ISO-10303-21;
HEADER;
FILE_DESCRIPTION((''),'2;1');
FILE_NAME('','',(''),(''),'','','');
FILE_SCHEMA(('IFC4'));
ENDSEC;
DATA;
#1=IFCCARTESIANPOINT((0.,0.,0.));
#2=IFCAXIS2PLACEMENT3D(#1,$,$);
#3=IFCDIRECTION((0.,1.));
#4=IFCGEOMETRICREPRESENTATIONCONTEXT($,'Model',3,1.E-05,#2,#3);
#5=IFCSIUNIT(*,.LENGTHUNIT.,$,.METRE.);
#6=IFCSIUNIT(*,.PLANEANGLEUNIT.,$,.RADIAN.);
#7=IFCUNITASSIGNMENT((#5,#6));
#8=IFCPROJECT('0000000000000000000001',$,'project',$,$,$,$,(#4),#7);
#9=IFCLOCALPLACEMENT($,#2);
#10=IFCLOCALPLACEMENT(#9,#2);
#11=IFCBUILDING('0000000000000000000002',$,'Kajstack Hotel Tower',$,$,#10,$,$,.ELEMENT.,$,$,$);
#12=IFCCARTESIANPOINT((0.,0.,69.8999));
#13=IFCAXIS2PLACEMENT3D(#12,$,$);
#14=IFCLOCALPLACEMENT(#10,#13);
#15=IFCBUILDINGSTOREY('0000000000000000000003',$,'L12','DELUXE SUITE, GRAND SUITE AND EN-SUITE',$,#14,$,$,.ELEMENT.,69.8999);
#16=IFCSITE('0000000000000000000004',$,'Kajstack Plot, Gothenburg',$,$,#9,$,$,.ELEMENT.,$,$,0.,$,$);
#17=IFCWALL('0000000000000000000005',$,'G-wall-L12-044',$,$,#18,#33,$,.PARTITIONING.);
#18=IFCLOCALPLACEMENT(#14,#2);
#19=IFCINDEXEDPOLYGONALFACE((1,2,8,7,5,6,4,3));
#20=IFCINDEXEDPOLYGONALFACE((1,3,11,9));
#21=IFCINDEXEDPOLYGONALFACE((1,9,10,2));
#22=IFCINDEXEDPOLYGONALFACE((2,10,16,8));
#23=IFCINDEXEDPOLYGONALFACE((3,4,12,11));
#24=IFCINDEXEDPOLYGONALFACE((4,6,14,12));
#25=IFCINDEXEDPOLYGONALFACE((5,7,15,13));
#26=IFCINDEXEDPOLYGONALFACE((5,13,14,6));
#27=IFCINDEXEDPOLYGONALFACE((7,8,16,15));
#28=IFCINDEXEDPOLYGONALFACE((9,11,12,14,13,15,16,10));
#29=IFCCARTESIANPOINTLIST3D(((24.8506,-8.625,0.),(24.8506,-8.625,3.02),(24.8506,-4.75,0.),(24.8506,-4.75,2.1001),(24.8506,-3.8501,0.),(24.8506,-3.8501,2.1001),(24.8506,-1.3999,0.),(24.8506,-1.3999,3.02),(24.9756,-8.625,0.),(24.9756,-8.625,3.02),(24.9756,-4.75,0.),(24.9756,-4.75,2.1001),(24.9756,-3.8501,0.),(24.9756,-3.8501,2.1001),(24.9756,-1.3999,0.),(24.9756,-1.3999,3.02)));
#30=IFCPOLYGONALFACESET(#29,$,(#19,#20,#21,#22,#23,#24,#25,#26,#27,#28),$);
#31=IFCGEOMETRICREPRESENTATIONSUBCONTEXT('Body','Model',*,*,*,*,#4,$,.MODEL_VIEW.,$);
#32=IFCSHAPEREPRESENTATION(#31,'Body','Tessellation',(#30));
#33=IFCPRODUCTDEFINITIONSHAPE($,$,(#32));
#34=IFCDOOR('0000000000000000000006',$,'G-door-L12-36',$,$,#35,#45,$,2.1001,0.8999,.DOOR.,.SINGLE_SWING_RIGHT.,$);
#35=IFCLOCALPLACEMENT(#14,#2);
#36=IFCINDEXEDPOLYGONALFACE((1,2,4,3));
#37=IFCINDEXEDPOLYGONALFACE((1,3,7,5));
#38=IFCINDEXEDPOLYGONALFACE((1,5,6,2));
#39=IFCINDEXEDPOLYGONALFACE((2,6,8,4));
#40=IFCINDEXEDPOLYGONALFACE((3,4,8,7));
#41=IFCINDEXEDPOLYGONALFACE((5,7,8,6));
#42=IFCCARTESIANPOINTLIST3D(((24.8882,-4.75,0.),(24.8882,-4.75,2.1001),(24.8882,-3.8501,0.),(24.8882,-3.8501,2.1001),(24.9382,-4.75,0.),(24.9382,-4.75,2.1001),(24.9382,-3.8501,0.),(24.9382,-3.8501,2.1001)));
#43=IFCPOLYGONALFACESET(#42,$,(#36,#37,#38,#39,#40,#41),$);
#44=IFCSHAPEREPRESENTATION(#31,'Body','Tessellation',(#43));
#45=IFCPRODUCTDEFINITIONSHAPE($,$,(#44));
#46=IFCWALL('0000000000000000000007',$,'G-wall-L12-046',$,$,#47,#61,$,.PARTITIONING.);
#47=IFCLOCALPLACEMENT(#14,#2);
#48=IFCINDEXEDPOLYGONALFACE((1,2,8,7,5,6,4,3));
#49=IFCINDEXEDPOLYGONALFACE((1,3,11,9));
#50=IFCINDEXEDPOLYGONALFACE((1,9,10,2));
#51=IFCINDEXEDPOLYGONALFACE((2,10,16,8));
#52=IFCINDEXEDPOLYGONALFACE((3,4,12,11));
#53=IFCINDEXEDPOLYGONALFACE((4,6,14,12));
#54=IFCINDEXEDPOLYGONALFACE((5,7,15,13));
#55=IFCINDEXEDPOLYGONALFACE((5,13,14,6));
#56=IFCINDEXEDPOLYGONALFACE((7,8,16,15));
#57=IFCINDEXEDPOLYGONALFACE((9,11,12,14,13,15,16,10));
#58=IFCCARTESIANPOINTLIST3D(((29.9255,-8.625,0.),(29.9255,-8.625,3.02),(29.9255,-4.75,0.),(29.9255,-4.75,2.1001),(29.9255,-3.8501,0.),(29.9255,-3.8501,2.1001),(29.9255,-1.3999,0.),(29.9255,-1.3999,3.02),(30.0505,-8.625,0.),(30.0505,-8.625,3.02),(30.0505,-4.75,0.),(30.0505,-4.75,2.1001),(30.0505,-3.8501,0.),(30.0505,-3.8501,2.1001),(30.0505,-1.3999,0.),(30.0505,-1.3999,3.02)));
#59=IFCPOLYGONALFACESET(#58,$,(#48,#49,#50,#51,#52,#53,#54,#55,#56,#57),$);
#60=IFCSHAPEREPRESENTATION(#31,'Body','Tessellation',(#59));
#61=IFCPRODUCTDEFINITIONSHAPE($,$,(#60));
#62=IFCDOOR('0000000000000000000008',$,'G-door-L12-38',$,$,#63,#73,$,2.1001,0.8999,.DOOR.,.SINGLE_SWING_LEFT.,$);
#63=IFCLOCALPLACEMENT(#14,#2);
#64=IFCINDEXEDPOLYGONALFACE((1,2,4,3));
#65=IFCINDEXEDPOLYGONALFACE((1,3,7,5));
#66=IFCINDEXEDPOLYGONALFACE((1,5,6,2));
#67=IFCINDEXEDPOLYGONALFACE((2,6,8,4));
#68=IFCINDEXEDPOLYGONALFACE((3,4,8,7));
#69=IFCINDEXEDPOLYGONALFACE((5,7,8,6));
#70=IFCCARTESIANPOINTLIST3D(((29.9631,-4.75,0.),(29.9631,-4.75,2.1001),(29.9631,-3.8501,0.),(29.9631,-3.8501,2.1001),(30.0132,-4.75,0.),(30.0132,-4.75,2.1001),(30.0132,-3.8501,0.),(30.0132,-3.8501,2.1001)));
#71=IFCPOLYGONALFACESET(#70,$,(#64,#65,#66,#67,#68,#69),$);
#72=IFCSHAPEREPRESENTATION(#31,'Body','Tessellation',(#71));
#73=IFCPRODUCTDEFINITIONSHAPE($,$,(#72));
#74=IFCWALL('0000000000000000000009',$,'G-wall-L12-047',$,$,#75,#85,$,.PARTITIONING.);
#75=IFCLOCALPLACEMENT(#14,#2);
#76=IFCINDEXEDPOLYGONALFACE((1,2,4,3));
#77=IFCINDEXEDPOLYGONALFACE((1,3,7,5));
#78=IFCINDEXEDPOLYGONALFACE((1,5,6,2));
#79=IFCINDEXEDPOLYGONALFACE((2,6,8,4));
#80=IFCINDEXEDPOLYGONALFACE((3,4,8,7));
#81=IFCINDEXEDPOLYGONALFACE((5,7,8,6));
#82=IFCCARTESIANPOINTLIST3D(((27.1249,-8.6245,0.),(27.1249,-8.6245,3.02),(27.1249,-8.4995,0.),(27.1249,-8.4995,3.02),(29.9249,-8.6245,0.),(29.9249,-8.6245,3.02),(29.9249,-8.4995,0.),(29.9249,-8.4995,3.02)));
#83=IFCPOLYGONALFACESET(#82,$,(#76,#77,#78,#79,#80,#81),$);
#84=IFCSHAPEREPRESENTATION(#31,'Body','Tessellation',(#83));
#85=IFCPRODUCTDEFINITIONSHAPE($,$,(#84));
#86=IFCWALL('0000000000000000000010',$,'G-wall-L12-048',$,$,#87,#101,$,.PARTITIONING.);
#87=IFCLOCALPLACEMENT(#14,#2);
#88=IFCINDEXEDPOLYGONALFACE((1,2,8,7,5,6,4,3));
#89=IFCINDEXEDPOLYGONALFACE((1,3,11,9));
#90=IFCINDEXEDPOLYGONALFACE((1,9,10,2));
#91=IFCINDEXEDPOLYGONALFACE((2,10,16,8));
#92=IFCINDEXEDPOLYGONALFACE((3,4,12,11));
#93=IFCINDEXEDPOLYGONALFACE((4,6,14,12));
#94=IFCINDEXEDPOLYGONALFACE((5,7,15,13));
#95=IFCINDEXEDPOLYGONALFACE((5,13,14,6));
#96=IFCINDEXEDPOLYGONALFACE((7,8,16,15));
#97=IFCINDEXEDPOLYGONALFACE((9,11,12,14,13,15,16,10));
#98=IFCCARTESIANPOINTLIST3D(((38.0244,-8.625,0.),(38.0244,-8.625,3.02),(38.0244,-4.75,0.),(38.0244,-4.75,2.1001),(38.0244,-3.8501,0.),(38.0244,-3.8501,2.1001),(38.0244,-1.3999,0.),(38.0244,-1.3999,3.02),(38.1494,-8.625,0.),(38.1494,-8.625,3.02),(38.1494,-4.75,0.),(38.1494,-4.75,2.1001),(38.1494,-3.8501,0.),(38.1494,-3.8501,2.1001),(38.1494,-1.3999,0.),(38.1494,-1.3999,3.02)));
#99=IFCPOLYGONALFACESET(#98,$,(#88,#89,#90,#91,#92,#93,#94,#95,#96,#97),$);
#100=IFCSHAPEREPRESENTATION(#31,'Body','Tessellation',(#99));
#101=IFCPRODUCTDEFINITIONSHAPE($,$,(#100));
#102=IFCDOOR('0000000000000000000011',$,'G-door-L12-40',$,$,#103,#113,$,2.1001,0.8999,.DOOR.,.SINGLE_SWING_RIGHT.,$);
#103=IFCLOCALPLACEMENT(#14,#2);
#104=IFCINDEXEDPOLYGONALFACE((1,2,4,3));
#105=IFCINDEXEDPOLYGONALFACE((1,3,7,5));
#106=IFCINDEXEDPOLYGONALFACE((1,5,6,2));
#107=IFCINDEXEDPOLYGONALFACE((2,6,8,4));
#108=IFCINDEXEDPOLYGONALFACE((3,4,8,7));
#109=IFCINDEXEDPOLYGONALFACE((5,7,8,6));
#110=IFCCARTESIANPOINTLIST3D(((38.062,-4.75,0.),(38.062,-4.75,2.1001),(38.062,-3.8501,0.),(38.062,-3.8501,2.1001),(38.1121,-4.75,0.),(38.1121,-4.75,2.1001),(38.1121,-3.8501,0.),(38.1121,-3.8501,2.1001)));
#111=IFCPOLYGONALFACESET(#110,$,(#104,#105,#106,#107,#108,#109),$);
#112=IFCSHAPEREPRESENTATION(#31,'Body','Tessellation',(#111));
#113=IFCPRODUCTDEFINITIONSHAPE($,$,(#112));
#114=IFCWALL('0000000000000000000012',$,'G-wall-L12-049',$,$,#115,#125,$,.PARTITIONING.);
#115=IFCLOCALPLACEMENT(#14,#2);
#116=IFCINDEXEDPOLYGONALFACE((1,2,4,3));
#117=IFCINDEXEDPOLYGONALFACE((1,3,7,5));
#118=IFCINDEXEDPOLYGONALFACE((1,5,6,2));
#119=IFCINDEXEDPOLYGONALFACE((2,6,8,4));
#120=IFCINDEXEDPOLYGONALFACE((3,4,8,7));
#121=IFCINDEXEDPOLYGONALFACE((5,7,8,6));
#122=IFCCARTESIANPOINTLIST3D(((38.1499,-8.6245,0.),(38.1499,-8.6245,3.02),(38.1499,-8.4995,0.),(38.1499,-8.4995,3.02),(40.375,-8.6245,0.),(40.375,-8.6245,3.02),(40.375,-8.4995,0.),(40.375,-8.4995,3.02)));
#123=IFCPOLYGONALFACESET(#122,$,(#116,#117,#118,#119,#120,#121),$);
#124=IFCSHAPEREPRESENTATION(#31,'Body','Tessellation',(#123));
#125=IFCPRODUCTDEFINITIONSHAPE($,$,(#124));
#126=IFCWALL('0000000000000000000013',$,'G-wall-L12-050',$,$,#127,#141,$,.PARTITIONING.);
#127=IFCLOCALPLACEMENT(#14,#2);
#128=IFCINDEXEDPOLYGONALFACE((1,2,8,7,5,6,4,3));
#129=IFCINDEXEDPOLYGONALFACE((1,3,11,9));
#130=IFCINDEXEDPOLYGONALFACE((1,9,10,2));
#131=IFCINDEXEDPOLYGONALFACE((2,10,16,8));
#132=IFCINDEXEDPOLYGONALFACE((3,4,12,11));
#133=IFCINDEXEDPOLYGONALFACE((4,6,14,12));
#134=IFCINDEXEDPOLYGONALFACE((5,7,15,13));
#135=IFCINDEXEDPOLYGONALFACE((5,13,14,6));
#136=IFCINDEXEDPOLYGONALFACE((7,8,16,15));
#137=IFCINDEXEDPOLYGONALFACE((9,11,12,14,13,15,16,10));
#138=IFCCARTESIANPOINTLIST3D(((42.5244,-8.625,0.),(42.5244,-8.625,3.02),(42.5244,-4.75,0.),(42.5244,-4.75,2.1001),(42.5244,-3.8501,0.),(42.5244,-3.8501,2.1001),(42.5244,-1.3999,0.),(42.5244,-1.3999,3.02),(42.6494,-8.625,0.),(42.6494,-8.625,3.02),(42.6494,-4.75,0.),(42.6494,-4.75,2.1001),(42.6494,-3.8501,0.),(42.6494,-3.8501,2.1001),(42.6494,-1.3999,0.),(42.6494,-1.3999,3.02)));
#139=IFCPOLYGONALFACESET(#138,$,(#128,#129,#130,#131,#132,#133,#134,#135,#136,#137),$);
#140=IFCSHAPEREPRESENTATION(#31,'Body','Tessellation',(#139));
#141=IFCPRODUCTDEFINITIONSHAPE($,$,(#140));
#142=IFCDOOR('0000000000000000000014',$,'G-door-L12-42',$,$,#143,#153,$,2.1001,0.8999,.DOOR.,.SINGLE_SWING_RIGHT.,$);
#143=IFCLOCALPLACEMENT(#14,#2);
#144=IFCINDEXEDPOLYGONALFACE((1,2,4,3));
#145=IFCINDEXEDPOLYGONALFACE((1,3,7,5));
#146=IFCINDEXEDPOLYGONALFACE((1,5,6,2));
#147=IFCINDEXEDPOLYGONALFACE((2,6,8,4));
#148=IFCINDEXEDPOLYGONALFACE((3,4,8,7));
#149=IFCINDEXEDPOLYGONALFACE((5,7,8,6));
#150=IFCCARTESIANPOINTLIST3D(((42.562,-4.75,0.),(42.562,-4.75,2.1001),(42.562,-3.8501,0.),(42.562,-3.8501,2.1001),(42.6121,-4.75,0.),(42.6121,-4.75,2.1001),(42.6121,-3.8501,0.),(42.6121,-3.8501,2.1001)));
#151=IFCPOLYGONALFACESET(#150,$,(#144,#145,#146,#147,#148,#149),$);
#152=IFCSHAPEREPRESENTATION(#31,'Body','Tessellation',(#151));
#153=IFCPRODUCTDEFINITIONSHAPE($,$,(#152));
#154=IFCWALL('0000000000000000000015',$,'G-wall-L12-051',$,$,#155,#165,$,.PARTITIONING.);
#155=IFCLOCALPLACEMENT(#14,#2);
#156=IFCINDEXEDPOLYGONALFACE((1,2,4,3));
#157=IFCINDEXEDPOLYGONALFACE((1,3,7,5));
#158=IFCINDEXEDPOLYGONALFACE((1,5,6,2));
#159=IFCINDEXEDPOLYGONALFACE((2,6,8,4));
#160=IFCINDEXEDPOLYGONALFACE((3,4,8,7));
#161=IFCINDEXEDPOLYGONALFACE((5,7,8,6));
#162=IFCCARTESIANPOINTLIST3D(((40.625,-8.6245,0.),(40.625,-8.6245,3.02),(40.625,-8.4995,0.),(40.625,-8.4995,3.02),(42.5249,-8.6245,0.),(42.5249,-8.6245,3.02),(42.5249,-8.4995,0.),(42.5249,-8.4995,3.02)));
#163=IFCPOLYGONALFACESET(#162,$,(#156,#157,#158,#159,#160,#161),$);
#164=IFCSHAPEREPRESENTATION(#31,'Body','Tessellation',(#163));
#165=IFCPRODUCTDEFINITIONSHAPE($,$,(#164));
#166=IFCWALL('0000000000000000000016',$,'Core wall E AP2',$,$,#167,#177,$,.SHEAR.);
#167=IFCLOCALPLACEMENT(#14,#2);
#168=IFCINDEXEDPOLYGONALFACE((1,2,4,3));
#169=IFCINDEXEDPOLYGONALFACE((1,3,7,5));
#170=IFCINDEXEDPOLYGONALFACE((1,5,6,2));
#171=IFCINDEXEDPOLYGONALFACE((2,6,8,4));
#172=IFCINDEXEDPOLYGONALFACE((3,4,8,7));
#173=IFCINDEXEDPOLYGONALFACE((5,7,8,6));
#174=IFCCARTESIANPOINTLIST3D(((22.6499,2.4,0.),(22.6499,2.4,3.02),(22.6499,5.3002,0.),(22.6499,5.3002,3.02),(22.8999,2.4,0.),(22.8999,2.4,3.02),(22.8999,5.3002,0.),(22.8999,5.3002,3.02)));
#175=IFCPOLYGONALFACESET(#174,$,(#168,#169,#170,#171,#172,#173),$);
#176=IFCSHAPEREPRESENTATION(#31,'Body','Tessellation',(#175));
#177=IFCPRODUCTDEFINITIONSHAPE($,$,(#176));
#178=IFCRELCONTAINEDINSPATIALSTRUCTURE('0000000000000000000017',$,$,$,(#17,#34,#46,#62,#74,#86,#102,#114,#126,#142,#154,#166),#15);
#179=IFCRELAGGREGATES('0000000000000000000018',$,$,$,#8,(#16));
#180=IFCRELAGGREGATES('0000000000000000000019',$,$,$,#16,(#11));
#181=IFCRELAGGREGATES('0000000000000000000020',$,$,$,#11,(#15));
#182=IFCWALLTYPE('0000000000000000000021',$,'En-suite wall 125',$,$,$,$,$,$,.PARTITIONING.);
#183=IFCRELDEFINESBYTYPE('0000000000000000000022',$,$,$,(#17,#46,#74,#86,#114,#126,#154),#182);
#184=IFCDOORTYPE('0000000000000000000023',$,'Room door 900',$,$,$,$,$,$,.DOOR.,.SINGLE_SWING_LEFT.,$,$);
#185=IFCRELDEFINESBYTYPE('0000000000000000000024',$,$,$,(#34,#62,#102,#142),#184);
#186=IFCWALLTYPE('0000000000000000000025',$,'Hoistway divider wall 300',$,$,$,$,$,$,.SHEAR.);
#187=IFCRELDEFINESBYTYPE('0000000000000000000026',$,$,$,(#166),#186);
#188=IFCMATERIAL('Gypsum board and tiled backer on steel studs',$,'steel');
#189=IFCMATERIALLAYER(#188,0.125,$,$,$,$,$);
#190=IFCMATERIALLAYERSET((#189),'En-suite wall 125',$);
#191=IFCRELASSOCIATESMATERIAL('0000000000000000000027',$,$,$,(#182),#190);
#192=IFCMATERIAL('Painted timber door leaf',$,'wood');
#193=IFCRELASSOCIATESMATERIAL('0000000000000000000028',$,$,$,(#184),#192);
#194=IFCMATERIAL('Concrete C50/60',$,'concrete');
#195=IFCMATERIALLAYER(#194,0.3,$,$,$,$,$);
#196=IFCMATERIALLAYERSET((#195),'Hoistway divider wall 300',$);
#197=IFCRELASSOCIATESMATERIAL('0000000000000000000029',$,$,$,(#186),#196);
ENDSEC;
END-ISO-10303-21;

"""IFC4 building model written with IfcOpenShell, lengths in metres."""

from ifc_helpers import new_model, si_unit, direction, frame, frame_2d, origin, place, context, subcontext, project, spatial, rectangle, extrude, material, layer, layer_set, type_object, element, fill, save


model = new_model("IFC4")

# Units and contexts
model_context = context("Model", 3, precision=1e-05, world=origin(), true_north=direction((0.0, 1.0)))
body_context = subcontext(model_context, "Body", "Model", "MODEL_VIEW")
ifc_project = project(units=[si_unit("LENGTHUNIT", "METRE"), si_unit("PLANEANGLEUNIT", "RADIAN")], contexts=[model_context])

# Site, building, storey
site_placement = place(None, origin())
site = spatial("IfcSite", under=ifc_project, at=site_placement, Name="Kajstack Plot, Gothenburg", CompositionType="ELEMENT", RefElevation=0.0)
building_placement = place(site_placement, origin())
building = spatial("IfcBuilding", under=site, at=building_placement, Name="Kajstack Hotel Tower", CompositionType="ELEMENT")
storey_placement = place(building_placement, frame((0.0, 0.0, 69.8999)))
storey = spatial("IfcBuildingStorey", under=building, at=storey_placement, Name="L12", Description="DELUXE SUITE, GRAND SUITE AND EN-SUITE", CompositionType="ELEMENT", Elevation=69.8999)

# Walls, openings, doors
ifc_material_1 = material(Name="Gypsum board and tiled backer on steel studs", Category="steel")
ifc_layer_1 = layer(ifc_material_1, 0.125)
ifc_layer_set_1 = layer_set([ifc_layer_1], Name="En-suite wall 125")
wall_type_1 = type_object("IfcWallType", Name="En-suite wall 125", PredefinedType="PARTITIONING", material=ifc_layer_set_1)
wall_1_placement = place(storey_placement, frame((24.9131, -8.625, 0.0), z_axis=(0.0, 0.0, 1.0), x_axis=(0.0, 1.0, 0.0)))
wall_1 = element("IfcWall", 1, at=wall_1_placement, inside=storey, type_object=wall_type_1, Name="G-wall-L12-044", PredefinedType="PARTITIONING", context=body_context, shape_type="SweptSolid", body=[
    extrude(rectangle(XDim=7.2251, YDim=0.125, at=frame_2d((3.6125, 0.0))), origin(), (0.0, 0.0, 1.0), 3.02),
])
opening_1_placement = place(wall_1_placement, frame((3.875, 0.0, 0.0)))
opening_1 = element("IfcOpeningElement", 2, at=opening_1_placement, cuts=wall_1, PredefinedType="OPENING", context=body_context, shape_type="SweptSolid", body=[
    extrude(rectangle(XDim=0.8999, YDim=2.1001, at=frame_2d((0.45, 1.05))), frame((0.0, 0.0725, 0.0), z_axis=(0.0, -1.0, 0.0), x_axis=(1.0, 0.0, 0.0)), (0.0, 0.0, 1.0), 0.145),
])
ifc_material_2 = material(Name="Painted timber door leaf", Category="wood")
door_type_1 = type_object("IfcDoorType", Name="Room door 900", OperationType="SINGLE_SWING_LEFT", PredefinedType="DOOR", material=ifc_material_2)
door_1_placement = place(opening_1_placement, origin())
door_1 = element("IfcDoor", 3, at=door_1_placement, inside=storey, type_object=door_type_1, Name="G-door-L12-36", OperationType="SINGLE_SWING_RIGHT", OverallHeight=2.1001, OverallWidth=0.8999, PredefinedType="DOOR", context=body_context, shape_type="SweptSolid", body=[
    extrude(rectangle(XDim=0.8999, YDim=2.1001, at=frame_2d((0.45, 1.05))), frame((0.0, 0.0249, 0.0), z_axis=(0.0, -1.0, 0.0), x_axis=(1.0, 0.0, 0.0)), (0.0, 0.0, 1.0), 0.05),
])
fill(opening_1, door_1)
wall_2_placement = place(storey_placement, frame((29.988, -8.625, 0.0), z_axis=(0.0, 0.0, 1.0), x_axis=(0.0, 1.0, 0.0)))
wall_2 = element("IfcWall", 4, at=wall_2_placement, inside=storey, type_object=wall_type_1, Name="G-wall-L12-046", PredefinedType="PARTITIONING", context=body_context, shape_type="SweptSolid", body=[
    extrude(rectangle(XDim=7.2251, YDim=0.125, at=frame_2d((3.6125, 0.0))), origin(), (0.0, 0.0, 1.0), 3.02),
])
opening_2_placement = place(wall_2_placement, frame((3.875, 0.0, 0.0)))
opening_2 = element("IfcOpeningElement", 5, at=opening_2_placement, cuts=wall_2, PredefinedType="OPENING", context=body_context, shape_type="SweptSolid", body=[
    extrude(rectangle(XDim=0.8999, YDim=2.1001, at=frame_2d((0.45, 1.05))), frame((0.0, 0.0725, 0.0), z_axis=(0.0, -1.0, 0.0), x_axis=(1.0, 0.0, 0.0)), (0.0, 0.0, 1.0), 0.145),
])
door_2_placement = place(opening_2_placement, origin())
door_2 = element("IfcDoor", 6, at=door_2_placement, inside=storey, type_object=door_type_1, Name="G-door-L12-38", OperationType="SINGLE_SWING_LEFT", OverallHeight=2.1001, OverallWidth=0.8999, PredefinedType="DOOR", context=body_context, shape_type="SweptSolid", body=[
    extrude(rectangle(XDim=0.8999, YDim=2.1001, at=frame_2d((0.45, 1.05))), frame((0.0, 0.0249, 0.0), z_axis=(0.0, -1.0, 0.0), x_axis=(1.0, 0.0, 0.0)), (0.0, 0.0, 1.0), 0.05),
])
fill(opening_2, door_2)

# Wall
wall_3_placement = place(storey_placement, frame((27.125, -8.562, 0.0), z_axis=(0.0, 0.0, 1.0), x_axis=(1.0, 0.0, 0.0)))
element("IfcWall", 7, at=wall_3_placement, inside=storey, type_object=wall_type_1, Name="G-wall-L12-047", PredefinedType="PARTITIONING", context=body_context, shape_type="SweptSolid", body=[
    extrude(rectangle(XDim=2.8, YDim=0.125, at=frame_2d((1.3999, 0.0))), origin(), (0.0, 0.0, 1.0), 3.02),
])

# Wall, opening, door
wall_4_placement = place(storey_placement, frame((38.0869, -8.625, 0.0), z_axis=(0.0, 0.0, 1.0), x_axis=(0.0, 1.0, 0.0)))
wall_4 = element("IfcWall", 8, at=wall_4_placement, inside=storey, type_object=wall_type_1, Name="G-wall-L12-048", PredefinedType="PARTITIONING", context=body_context, shape_type="SweptSolid", body=[
    extrude(rectangle(XDim=7.2251, YDim=0.125, at=frame_2d((3.6125, 0.0))), origin(), (0.0, 0.0, 1.0), 3.02),
])
opening_3_placement = place(wall_4_placement, frame((3.875, 0.0, 0.0)))
opening_3 = element("IfcOpeningElement", 9, at=opening_3_placement, cuts=wall_4, PredefinedType="OPENING", context=body_context, shape_type="SweptSolid", body=[
    extrude(rectangle(XDim=0.8999, YDim=2.1001, at=frame_2d((0.45, 1.05))), frame((0.0, 0.0725, 0.0), z_axis=(0.0, -1.0, 0.0), x_axis=(1.0, 0.0, 0.0)), (0.0, 0.0, 1.0), 0.145),
])
door_3_placement = place(opening_3_placement, origin())
door_3 = element("IfcDoor", 10, at=door_3_placement, inside=storey, type_object=door_type_1, Name="G-door-L12-40", OperationType="SINGLE_SWING_RIGHT", OverallHeight=2.1001, OverallWidth=0.8999, PredefinedType="DOOR", context=body_context, shape_type="SweptSolid", body=[
    extrude(rectangle(XDim=0.8999, YDim=2.1001, at=frame_2d((0.45, 1.05))), frame((0.0, 0.0249, 0.0), z_axis=(0.0, -1.0, 0.0), x_axis=(1.0, 0.0, 0.0)), (0.0, 0.0, 1.0), 0.05),
])
fill(opening_3, door_3)

# Wall
wall_5_placement = place(storey_placement, frame((38.1499, -8.562, 0.0), z_axis=(0.0, 0.0, 1.0), x_axis=(1.0, 0.0, 0.0)))
element("IfcWall", 11, at=wall_5_placement, inside=storey, type_object=wall_type_1, Name="G-wall-L12-049", PredefinedType="PARTITIONING", context=body_context, shape_type="SweptSolid", body=[
    extrude(rectangle(XDim=2.2251, YDim=0.125, at=frame_2d((1.1125, 0.0))), origin(), (0.0, 0.0, 1.0), 3.02),
])

# Wall, opening, door
wall_6_placement = place(storey_placement, frame((42.5869, -8.625, 0.0), z_axis=(0.0, 0.0, 1.0), x_axis=(0.0, 1.0, 0.0)))
wall_6 = element("IfcWall", 12, at=wall_6_placement, inside=storey, type_object=wall_type_1, Name="G-wall-L12-050", PredefinedType="PARTITIONING", context=body_context, shape_type="SweptSolid", body=[
    extrude(rectangle(XDim=7.2251, YDim=0.125, at=frame_2d((3.6125, 0.0))), origin(), (0.0, 0.0, 1.0), 3.02),
])
opening_4_placement = place(wall_6_placement, frame((3.875, 0.0, 0.0)))
opening_4 = element("IfcOpeningElement", 13, at=opening_4_placement, cuts=wall_6, PredefinedType="OPENING", context=body_context, shape_type="SweptSolid", body=[
    extrude(rectangle(XDim=0.8999, YDim=2.1001, at=frame_2d((0.45, 1.05))), frame((0.0, 0.0725, 0.0), z_axis=(0.0, -1.0, 0.0), x_axis=(1.0, 0.0, 0.0)), (0.0, 0.0, 1.0), 0.145),
])
door_4_placement = place(opening_4_placement, origin())
door_4 = element("IfcDoor", 14, at=door_4_placement, inside=storey, type_object=door_type_1, Name="G-door-L12-42", OperationType="SINGLE_SWING_RIGHT", OverallHeight=2.1001, OverallWidth=0.8999, PredefinedType="DOOR", context=body_context, shape_type="SweptSolid", body=[
    extrude(rectangle(XDim=0.8999, YDim=2.1001, at=frame_2d((0.45, 1.05))), frame((0.0, 0.0249, 0.0), z_axis=(0.0, -1.0, 0.0), x_axis=(1.0, 0.0, 0.0)), (0.0, 0.0, 1.0), 0.05),
])
fill(opening_4, door_4)

# Walls
wall_7_placement = place(storey_placement, frame((40.625, -8.562, 0.0), z_axis=(0.0, 0.0, 1.0), x_axis=(1.0, 0.0, 0.0)))
element("IfcWall", 15, at=wall_7_placement, inside=storey, type_object=wall_type_1, Name="G-wall-L12-051", PredefinedType="PARTITIONING", context=body_context, shape_type="SweptSolid", body=[
    extrude(rectangle(XDim=1.8999, YDim=0.125, at=frame_2d((0.95, 0.0))), origin(), (0.0, 0.0, 1.0), 3.02),
])
ifc_material_3 = material(Name="Concrete C50/60", Category="concrete")
ifc_layer_2 = layer(ifc_material_3, 0.3)
ifc_layer_set_2 = layer_set([ifc_layer_2], Name="Hoistway divider wall 300")
wall_type_2 = type_object("IfcWallType", Name="Hoistway divider wall 300", PredefinedType="SHEAR", material=ifc_layer_set_2)
wall_8_placement = place(storey_placement, frame((22.7749, 2.3999, 0.0), z_axis=(0.0, 0.0, 1.0), x_axis=(0.0, 1.0, 0.0)))
element("IfcWall", 16, at=wall_8_placement, inside=storey, type_object=wall_type_2, Name="Core wall E AP2", PredefinedType="SHEAR", context=body_context, shape_type="SweptSolid", body=[
    extrude(rectangle(XDim=2.9001, YDim=0.25, at=frame_2d((1.4502, 0.0))), origin(), (0.0, 0.0, 1.0), 3.02),
])

save(model, "model.ifc")
